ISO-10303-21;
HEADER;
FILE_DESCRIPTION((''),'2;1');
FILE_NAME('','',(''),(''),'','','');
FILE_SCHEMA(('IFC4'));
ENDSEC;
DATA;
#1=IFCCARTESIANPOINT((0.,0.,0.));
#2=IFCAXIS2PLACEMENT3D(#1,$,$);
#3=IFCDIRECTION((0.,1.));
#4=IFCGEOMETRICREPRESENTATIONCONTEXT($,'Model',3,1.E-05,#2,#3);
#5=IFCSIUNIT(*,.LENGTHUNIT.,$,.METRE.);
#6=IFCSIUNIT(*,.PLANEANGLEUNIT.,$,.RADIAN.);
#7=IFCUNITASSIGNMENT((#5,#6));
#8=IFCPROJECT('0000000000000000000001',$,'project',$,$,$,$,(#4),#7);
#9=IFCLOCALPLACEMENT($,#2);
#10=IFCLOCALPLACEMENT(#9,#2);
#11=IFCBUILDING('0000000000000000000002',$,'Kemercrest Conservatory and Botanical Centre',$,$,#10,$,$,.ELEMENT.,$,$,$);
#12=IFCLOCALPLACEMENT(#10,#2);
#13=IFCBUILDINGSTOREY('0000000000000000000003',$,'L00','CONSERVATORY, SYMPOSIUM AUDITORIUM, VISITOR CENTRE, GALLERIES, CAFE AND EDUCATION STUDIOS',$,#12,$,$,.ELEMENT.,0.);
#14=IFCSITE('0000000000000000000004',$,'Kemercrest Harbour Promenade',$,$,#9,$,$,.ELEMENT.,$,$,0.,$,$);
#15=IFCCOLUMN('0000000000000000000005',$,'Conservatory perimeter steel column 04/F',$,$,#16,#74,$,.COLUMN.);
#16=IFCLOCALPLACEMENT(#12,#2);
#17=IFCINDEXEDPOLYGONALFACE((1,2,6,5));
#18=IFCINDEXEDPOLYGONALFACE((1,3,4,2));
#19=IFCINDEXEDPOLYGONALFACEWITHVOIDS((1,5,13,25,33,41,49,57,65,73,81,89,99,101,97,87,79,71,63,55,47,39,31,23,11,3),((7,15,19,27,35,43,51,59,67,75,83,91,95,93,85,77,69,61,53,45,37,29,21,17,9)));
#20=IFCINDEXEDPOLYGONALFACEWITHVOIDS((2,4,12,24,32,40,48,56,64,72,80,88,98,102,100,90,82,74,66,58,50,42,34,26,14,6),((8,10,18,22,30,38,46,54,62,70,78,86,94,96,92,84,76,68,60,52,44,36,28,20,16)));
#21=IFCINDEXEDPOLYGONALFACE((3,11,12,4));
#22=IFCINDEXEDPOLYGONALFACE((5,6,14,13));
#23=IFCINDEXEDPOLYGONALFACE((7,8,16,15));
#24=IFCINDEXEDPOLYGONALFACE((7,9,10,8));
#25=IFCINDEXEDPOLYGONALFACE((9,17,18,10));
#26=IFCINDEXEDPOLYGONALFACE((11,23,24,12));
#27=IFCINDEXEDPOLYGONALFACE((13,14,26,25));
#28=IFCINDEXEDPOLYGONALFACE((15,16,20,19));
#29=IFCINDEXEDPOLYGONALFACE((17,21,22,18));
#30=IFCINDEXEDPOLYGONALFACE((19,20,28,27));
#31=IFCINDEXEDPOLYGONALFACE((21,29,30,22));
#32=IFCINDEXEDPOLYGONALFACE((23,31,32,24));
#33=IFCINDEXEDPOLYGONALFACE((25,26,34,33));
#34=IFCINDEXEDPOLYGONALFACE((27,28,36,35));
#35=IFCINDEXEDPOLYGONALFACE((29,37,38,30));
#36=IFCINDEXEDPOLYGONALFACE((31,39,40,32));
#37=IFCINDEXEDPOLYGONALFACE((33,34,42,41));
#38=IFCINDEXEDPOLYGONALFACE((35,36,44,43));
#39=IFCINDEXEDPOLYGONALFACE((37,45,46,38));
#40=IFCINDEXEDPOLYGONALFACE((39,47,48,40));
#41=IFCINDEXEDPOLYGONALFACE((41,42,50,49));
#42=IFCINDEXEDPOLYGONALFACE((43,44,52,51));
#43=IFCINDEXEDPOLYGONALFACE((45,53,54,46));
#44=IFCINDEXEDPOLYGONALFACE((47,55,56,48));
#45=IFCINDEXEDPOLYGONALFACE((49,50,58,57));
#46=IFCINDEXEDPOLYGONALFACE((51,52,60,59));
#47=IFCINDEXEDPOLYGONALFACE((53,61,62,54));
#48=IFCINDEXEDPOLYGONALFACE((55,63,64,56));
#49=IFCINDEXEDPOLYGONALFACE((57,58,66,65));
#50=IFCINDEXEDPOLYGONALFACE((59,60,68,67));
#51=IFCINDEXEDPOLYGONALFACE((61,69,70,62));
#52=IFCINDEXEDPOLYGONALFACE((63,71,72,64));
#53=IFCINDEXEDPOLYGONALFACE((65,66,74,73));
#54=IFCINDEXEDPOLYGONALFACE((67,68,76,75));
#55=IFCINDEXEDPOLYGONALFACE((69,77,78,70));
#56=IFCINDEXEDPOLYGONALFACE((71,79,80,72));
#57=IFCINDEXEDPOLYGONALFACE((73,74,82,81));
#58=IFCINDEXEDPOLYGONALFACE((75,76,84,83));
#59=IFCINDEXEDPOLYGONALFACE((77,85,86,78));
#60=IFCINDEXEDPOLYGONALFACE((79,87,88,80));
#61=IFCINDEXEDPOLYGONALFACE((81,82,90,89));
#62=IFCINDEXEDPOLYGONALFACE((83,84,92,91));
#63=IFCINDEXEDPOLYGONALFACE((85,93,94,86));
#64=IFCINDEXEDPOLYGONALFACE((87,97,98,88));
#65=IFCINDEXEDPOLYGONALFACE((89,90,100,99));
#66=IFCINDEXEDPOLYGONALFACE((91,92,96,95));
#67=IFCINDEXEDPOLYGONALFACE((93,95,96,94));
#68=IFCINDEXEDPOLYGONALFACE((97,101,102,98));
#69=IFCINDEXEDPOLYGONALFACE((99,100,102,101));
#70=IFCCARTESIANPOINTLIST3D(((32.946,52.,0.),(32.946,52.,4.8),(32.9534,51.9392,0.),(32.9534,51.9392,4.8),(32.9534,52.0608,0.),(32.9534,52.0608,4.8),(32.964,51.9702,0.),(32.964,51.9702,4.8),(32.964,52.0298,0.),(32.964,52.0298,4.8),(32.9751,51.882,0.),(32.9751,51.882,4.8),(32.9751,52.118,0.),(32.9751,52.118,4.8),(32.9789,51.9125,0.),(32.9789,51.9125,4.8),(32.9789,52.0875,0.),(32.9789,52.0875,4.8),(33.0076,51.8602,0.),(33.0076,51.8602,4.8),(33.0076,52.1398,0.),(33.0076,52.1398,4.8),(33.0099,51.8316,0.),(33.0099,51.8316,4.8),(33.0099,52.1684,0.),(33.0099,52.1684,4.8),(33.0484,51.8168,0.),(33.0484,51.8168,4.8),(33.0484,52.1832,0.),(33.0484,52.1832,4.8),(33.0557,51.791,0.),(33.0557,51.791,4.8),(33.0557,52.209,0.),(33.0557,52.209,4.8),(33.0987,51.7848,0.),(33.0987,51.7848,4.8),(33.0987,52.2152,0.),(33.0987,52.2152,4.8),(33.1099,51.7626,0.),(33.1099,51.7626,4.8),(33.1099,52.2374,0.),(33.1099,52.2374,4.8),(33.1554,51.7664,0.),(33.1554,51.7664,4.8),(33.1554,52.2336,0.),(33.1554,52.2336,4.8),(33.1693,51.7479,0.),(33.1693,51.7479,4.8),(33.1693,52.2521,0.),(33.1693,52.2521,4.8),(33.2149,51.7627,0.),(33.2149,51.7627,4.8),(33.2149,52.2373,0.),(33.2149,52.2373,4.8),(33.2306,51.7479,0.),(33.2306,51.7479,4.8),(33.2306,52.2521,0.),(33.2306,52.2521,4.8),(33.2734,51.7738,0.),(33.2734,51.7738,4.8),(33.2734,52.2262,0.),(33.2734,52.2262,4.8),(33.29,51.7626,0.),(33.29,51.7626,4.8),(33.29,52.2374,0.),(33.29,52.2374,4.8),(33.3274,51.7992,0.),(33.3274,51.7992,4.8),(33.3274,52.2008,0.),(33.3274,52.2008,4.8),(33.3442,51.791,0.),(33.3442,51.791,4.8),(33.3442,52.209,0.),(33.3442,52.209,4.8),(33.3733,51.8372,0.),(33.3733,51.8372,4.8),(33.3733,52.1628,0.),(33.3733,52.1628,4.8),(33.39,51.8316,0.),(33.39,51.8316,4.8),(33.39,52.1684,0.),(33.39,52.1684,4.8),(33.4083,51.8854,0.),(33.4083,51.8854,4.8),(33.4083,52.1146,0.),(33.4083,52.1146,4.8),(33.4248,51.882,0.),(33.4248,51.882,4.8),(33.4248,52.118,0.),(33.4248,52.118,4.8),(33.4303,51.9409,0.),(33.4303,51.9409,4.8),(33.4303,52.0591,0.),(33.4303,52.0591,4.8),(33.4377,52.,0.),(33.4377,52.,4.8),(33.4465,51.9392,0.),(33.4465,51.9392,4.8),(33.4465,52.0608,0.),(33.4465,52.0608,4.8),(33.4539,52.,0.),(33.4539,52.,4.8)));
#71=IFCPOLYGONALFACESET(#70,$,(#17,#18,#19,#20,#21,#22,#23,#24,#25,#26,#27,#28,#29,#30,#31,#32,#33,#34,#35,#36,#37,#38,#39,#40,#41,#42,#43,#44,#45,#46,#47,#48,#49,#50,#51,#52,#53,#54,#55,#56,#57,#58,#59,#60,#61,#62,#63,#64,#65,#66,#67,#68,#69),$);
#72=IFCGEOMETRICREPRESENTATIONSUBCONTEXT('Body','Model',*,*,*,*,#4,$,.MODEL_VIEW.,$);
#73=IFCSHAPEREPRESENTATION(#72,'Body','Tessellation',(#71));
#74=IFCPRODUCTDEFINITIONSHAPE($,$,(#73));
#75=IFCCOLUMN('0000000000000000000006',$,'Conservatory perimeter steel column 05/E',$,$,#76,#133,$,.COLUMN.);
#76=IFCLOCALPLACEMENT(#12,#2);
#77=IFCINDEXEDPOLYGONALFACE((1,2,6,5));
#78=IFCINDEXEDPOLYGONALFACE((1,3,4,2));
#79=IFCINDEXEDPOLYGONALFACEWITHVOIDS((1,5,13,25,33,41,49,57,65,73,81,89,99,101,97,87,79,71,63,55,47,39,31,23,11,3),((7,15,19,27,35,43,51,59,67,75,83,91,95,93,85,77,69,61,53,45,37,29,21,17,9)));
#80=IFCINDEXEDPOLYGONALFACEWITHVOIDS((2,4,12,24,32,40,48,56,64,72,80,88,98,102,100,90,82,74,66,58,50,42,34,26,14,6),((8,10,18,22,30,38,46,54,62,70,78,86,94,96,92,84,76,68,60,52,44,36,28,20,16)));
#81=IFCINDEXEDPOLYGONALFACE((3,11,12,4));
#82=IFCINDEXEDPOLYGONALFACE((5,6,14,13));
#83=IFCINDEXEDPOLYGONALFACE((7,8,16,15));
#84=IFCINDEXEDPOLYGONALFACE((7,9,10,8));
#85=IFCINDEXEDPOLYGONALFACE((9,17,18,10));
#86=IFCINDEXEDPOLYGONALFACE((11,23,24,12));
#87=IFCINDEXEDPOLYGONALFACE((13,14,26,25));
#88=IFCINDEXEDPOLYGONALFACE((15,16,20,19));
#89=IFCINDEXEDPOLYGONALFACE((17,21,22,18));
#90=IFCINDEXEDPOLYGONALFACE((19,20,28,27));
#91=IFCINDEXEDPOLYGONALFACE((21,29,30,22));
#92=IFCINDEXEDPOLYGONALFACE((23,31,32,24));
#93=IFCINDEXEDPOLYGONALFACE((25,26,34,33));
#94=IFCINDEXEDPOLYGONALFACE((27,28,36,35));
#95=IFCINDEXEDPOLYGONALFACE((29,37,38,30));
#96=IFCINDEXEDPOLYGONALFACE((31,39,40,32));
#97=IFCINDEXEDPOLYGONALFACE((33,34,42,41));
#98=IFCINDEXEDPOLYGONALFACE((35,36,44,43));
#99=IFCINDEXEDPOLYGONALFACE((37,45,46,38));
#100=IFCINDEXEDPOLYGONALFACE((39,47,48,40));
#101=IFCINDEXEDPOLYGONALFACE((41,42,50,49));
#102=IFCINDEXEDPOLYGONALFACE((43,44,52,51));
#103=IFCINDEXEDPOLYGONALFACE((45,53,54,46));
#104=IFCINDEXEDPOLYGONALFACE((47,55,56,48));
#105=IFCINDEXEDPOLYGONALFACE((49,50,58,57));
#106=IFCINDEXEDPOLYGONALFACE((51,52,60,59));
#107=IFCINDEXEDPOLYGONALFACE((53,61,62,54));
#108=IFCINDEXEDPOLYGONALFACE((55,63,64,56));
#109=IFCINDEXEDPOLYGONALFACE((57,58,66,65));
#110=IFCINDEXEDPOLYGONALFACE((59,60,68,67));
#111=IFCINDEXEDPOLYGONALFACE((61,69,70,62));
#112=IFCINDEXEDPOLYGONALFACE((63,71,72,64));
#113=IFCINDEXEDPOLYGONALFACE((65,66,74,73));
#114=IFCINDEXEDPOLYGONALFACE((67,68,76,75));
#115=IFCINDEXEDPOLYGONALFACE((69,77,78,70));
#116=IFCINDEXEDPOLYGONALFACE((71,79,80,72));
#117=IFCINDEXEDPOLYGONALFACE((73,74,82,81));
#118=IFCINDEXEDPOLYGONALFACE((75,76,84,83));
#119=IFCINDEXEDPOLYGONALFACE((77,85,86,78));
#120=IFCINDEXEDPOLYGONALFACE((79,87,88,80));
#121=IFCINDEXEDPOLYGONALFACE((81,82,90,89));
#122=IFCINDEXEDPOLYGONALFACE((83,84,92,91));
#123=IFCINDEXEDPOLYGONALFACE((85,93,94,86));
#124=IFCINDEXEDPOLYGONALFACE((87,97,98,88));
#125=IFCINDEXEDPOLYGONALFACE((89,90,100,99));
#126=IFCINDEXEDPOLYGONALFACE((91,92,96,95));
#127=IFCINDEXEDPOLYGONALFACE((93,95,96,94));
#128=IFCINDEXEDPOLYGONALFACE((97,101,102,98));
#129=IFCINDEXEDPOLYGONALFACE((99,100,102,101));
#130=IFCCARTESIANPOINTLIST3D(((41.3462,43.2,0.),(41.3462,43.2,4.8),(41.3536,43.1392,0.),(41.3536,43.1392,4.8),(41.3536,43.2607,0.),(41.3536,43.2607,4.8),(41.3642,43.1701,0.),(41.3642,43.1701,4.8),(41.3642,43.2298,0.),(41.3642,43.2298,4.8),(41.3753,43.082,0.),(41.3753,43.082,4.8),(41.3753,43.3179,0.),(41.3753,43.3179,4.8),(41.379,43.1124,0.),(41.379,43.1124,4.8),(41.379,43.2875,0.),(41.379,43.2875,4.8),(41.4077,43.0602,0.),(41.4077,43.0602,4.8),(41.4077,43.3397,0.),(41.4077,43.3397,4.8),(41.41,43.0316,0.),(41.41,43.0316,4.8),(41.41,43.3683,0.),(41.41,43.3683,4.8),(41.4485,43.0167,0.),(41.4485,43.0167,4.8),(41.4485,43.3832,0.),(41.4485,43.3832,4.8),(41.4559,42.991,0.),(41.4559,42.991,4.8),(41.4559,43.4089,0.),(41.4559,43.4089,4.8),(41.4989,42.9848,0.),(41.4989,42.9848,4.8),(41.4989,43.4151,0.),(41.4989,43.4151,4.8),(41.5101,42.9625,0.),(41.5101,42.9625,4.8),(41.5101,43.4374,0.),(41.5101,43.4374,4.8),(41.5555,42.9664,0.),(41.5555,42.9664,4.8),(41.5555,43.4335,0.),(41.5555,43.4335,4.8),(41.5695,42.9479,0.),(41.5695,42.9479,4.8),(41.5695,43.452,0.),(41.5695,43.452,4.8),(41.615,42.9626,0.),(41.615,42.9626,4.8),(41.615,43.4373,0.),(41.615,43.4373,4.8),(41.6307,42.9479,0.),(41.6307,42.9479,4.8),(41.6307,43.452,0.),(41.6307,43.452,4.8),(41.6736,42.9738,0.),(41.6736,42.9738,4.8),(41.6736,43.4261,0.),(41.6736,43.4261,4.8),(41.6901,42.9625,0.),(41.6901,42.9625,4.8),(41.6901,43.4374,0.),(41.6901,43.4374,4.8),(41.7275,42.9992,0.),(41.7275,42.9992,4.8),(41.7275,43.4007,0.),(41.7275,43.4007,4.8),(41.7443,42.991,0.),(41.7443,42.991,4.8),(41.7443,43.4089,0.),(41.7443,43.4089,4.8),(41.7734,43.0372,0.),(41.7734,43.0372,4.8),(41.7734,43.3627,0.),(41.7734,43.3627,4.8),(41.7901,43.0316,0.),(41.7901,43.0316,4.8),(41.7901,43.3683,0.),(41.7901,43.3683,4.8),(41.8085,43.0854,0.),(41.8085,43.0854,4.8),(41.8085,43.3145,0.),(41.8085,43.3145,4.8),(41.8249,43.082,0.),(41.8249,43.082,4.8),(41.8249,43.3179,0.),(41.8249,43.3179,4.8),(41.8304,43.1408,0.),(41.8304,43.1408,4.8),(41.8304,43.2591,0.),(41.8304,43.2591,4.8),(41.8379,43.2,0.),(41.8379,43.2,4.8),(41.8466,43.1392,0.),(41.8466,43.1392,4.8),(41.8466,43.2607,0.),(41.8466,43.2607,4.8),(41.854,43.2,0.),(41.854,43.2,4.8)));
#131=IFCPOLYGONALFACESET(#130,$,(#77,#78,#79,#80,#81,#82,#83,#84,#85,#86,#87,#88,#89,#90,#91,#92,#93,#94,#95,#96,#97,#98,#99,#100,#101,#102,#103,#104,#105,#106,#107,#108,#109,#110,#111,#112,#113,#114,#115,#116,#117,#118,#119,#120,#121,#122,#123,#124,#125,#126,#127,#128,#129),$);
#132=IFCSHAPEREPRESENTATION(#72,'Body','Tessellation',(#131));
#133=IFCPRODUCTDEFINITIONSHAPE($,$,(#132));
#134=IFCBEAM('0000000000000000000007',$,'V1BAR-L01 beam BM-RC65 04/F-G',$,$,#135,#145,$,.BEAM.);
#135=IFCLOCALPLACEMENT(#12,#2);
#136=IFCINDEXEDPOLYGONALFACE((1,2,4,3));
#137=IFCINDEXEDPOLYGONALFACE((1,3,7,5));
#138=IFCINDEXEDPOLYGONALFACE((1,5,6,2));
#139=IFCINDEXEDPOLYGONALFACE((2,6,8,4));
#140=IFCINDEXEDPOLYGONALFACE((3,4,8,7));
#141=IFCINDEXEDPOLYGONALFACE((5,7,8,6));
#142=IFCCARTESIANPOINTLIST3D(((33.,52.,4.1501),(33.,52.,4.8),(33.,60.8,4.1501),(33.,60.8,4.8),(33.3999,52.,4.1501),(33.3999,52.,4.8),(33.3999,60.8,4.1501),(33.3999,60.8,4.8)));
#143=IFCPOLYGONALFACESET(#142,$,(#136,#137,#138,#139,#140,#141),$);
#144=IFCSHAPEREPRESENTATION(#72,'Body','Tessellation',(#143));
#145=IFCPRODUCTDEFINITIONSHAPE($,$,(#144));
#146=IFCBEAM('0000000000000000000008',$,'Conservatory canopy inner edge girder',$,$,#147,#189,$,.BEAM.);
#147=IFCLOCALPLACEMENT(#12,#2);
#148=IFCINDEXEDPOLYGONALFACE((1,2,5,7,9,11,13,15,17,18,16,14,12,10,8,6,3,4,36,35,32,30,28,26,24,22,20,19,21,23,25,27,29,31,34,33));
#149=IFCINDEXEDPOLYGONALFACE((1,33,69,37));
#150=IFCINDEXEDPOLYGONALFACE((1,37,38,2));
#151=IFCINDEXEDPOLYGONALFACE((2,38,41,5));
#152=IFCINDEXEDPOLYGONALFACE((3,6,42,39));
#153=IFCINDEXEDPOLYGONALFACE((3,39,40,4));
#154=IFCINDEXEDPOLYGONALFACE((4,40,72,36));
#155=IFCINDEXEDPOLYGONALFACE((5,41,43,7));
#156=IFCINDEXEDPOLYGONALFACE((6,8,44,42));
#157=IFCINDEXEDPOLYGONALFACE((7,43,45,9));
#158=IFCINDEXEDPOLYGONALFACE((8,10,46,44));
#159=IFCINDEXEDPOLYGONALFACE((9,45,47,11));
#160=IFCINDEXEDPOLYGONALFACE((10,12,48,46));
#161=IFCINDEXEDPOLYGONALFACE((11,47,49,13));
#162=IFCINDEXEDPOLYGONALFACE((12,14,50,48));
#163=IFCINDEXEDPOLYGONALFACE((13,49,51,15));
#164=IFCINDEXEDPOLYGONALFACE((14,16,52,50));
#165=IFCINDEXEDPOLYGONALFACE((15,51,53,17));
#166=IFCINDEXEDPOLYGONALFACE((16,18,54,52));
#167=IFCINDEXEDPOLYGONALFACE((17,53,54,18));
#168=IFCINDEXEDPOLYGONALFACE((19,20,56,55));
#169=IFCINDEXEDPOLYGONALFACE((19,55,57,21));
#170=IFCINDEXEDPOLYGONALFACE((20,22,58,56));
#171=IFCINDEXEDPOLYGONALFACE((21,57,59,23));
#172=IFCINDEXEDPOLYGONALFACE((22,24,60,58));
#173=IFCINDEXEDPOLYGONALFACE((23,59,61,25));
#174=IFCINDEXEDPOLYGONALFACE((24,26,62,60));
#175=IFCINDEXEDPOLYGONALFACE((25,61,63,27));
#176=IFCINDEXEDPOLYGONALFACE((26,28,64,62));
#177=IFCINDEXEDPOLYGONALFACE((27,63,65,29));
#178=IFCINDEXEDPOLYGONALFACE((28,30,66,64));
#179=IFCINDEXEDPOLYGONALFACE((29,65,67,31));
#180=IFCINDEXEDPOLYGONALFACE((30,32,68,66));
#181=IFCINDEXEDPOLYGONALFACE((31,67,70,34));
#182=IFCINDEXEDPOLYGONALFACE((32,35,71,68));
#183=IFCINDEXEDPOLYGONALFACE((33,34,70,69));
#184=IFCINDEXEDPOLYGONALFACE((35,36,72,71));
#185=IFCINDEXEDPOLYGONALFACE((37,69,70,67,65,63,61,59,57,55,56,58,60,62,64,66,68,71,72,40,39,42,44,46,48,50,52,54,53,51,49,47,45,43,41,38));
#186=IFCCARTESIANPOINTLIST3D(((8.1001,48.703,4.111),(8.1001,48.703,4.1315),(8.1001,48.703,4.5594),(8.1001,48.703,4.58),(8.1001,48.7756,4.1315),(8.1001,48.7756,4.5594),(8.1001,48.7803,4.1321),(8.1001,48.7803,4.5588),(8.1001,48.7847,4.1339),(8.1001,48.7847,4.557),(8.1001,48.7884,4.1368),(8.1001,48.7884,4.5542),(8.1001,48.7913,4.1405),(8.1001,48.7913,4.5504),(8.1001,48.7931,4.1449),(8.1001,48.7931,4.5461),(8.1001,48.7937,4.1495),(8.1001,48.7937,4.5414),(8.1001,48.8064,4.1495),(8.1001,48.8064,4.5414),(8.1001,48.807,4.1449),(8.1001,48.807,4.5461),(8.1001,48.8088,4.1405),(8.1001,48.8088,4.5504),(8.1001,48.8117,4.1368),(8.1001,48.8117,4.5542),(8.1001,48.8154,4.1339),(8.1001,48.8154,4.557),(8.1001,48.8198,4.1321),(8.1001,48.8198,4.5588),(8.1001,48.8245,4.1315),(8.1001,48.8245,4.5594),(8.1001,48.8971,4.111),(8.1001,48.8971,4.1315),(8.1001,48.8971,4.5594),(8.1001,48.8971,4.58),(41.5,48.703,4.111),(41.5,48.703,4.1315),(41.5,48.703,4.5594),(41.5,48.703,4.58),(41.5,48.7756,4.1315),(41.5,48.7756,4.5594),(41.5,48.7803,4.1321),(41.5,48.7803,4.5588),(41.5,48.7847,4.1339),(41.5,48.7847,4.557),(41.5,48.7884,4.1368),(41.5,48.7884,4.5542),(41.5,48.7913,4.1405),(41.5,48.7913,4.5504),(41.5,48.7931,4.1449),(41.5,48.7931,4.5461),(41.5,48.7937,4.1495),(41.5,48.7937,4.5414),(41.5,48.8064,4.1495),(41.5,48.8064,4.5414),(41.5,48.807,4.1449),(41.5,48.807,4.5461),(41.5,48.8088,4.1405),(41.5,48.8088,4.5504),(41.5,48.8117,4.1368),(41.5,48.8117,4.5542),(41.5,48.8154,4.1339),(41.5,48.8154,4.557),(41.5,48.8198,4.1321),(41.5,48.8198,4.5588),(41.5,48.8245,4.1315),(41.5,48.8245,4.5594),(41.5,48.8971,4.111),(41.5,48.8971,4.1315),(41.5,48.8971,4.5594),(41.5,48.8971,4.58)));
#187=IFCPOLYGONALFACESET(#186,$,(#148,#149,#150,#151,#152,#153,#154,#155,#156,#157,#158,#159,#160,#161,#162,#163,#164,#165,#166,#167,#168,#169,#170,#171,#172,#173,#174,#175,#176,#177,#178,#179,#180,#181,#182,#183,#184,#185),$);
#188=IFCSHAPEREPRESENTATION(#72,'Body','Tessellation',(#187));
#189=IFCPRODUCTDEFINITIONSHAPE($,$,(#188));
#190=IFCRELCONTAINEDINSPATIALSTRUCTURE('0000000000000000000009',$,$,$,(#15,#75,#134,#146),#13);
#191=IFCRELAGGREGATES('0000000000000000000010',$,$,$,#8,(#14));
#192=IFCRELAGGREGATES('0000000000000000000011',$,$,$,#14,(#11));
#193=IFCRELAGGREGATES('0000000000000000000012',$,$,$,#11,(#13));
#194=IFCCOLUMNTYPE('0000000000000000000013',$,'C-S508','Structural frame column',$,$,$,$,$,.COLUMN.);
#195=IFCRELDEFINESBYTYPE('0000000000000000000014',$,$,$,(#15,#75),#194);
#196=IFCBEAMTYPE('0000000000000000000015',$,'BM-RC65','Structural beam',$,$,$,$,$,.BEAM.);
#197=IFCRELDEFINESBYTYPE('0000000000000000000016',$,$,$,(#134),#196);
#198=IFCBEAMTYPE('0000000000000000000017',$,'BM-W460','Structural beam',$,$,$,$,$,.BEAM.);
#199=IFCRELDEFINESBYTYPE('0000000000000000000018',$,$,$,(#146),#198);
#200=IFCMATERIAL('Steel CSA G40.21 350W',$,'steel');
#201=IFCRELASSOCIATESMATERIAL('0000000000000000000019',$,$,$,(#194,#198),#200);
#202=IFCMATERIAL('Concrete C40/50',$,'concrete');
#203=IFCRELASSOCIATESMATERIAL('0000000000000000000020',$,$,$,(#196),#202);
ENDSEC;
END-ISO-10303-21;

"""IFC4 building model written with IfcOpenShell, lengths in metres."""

from ifc_helpers import new_model, si_unit, direction, frame, origin, origin_2d, place, context, subcontext, project, spatial, rectangle, hollow_circle, i_section, extrude, material, material_profile, profile_set, type_object, element, save


model = new_model("IFC4")

# Units and contexts
model_context = context("Model", 3, precision=1e-05, world=origin(), true_north=direction((0.0, 1.0)))
body_context = subcontext(model_context, "Body", "Model", "MODEL_VIEW")
ifc_project = project(units=[si_unit("LENGTHUNIT", "METRE"), si_unit("PLANEANGLEUNIT", "RADIAN")], contexts=[model_context])

# Site, building, storey
site_placement = place(None, origin())
site = spatial("IfcSite", under=ifc_project, at=site_placement, Name="Kemercrest Harbour Promenade", CompositionType="ELEMENT", RefElevation=0.0)
building_placement = place(site_placement, origin())
building = spatial("IfcBuilding", under=site, at=building_placement, Name="Kemercrest Conservatory and Botanical Centre", CompositionType="ELEMENT")
storey_placement = place(building_placement, origin())
storey = spatial("IfcBuildingStorey", under=building, at=storey_placement, Name="L00", Description="CONSERVATORY, SYMPOSIUM AUDITORIUM, VISITOR CENTRE, GALLERIES, CAFE AND EDUCATION STUDIOS", CompositionType="ELEMENT", Elevation=0.0)

# Columns
ifc_material_1 = material(Name="Steel CSA G40.21 350W", Category="steel")
ifc_material_profile_1 = material_profile(ifc_material_1, hollow_circle(Radius=0.2539, WallThickness=0.0161, at=origin_2d()), Name="CHS 508.0x16.0")
ifc_profile_set_1 = profile_set([ifc_material_profile_1], Name="Steel CSA G40.21 350W")
column_type = type_object("IfcColumnType", Name="C-S508", Description="Structural frame column", PredefinedType="COLUMN", material=ifc_profile_set_1)
for number, where, z_axis, x_axis, name in (
    (1, (33.2, 52.0, 0.0), (0.0, 0.0, 1.0), (1.0, 0.0, 0.0), "Conservatory perimeter steel column 04/F"),
    (2, (41.6001, 43.2, 0.0), (0.0, 0.0, 1.0), (1.0, 0.0, 0.0), "Conservatory perimeter steel column 05/E"),
):
    element("IfcColumn", number, at=place(storey_placement, frame(where, z_axis=z_axis, x_axis=x_axis)), inside=storey, type_object=column_type, Name=name, PredefinedType="COLUMN", context=body_context, shape_type="SweptSolid", body=[
        extrude(hollow_circle(Radius=0.2539, WallThickness=0.0161, at=origin_2d()), origin(), (0.0, 0.0, 1.0), 4.8),
    ])

# Beams
ifc_material_2 = material(Name="Concrete C40/50", Category="concrete")
ifc_material_profile_2 = material_profile(ifc_material_2, rectangle(XDim=0.3999, YDim=0.6499, at=origin_2d()), Name="RC 400x650")
ifc_profile_set_2 = profile_set([ifc_material_profile_2], Name="Concrete C40/50")
beam_type_1 = type_object("IfcBeamType", Name="BM-RC65", Description="Structural beam", PredefinedType="BEAM", material=ifc_profile_set_2)
beam_1_placement = place(storey_placement, frame((33.2, 52.0, 4.4751), z_axis=(0.0, 1.0, 0.0), x_axis=(-1.0, 0.0, 0.0)))
element("IfcBeam", 3, at=beam_1_placement, inside=storey, type_object=beam_type_1, Name="V1BAR-L01 beam BM-RC65 04/F-G", PredefinedType="BEAM", context=body_context, shape_type="SweptSolid", body=[
    extrude(rectangle(XDim=0.3999, YDim=0.6499, at=origin_2d()), origin(), (0.0, 0.0, 1.0), 8.8),
])
ifc_material_profile_3 = material_profile(ifc_material_1, i_section(OverallWidth=0.1941, OverallDepth=0.469, WebThickness=0.0127, FlangeThickness=0.0205, FilletRadius=0.0181, at=origin_2d()), Name="W460X106")
ifc_profile_set_3 = profile_set([ifc_material_profile_3], Name="Steel CSA G40.21 350W")
beam_type_2 = type_object("IfcBeamType", Name="BM-W460", Description="Structural beam", PredefinedType="BEAM", material=ifc_profile_set_3)
beam_2_placement = place(storey_placement, frame((41.5, 48.8, 4.3455), z_axis=(-1.0, 0.0, 0.0), x_axis=(0.0, -1.0, 0.0)))
element("IfcBeam", 4, at=beam_2_placement, inside=storey, type_object=beam_type_2, Name="Conservatory canopy inner edge girder", PredefinedType="BEAM", context=body_context, shape_type="SweptSolid", body=[
    extrude(i_section(OverallWidth=0.1941, OverallDepth=0.469, WebThickness=0.0127, FlangeThickness=0.0205, FilletRadius=0.0181, at=origin_2d()), origin(), (0.0, 0.0, 1.0), 33.3999),
])

save(model, "model.ifc")
